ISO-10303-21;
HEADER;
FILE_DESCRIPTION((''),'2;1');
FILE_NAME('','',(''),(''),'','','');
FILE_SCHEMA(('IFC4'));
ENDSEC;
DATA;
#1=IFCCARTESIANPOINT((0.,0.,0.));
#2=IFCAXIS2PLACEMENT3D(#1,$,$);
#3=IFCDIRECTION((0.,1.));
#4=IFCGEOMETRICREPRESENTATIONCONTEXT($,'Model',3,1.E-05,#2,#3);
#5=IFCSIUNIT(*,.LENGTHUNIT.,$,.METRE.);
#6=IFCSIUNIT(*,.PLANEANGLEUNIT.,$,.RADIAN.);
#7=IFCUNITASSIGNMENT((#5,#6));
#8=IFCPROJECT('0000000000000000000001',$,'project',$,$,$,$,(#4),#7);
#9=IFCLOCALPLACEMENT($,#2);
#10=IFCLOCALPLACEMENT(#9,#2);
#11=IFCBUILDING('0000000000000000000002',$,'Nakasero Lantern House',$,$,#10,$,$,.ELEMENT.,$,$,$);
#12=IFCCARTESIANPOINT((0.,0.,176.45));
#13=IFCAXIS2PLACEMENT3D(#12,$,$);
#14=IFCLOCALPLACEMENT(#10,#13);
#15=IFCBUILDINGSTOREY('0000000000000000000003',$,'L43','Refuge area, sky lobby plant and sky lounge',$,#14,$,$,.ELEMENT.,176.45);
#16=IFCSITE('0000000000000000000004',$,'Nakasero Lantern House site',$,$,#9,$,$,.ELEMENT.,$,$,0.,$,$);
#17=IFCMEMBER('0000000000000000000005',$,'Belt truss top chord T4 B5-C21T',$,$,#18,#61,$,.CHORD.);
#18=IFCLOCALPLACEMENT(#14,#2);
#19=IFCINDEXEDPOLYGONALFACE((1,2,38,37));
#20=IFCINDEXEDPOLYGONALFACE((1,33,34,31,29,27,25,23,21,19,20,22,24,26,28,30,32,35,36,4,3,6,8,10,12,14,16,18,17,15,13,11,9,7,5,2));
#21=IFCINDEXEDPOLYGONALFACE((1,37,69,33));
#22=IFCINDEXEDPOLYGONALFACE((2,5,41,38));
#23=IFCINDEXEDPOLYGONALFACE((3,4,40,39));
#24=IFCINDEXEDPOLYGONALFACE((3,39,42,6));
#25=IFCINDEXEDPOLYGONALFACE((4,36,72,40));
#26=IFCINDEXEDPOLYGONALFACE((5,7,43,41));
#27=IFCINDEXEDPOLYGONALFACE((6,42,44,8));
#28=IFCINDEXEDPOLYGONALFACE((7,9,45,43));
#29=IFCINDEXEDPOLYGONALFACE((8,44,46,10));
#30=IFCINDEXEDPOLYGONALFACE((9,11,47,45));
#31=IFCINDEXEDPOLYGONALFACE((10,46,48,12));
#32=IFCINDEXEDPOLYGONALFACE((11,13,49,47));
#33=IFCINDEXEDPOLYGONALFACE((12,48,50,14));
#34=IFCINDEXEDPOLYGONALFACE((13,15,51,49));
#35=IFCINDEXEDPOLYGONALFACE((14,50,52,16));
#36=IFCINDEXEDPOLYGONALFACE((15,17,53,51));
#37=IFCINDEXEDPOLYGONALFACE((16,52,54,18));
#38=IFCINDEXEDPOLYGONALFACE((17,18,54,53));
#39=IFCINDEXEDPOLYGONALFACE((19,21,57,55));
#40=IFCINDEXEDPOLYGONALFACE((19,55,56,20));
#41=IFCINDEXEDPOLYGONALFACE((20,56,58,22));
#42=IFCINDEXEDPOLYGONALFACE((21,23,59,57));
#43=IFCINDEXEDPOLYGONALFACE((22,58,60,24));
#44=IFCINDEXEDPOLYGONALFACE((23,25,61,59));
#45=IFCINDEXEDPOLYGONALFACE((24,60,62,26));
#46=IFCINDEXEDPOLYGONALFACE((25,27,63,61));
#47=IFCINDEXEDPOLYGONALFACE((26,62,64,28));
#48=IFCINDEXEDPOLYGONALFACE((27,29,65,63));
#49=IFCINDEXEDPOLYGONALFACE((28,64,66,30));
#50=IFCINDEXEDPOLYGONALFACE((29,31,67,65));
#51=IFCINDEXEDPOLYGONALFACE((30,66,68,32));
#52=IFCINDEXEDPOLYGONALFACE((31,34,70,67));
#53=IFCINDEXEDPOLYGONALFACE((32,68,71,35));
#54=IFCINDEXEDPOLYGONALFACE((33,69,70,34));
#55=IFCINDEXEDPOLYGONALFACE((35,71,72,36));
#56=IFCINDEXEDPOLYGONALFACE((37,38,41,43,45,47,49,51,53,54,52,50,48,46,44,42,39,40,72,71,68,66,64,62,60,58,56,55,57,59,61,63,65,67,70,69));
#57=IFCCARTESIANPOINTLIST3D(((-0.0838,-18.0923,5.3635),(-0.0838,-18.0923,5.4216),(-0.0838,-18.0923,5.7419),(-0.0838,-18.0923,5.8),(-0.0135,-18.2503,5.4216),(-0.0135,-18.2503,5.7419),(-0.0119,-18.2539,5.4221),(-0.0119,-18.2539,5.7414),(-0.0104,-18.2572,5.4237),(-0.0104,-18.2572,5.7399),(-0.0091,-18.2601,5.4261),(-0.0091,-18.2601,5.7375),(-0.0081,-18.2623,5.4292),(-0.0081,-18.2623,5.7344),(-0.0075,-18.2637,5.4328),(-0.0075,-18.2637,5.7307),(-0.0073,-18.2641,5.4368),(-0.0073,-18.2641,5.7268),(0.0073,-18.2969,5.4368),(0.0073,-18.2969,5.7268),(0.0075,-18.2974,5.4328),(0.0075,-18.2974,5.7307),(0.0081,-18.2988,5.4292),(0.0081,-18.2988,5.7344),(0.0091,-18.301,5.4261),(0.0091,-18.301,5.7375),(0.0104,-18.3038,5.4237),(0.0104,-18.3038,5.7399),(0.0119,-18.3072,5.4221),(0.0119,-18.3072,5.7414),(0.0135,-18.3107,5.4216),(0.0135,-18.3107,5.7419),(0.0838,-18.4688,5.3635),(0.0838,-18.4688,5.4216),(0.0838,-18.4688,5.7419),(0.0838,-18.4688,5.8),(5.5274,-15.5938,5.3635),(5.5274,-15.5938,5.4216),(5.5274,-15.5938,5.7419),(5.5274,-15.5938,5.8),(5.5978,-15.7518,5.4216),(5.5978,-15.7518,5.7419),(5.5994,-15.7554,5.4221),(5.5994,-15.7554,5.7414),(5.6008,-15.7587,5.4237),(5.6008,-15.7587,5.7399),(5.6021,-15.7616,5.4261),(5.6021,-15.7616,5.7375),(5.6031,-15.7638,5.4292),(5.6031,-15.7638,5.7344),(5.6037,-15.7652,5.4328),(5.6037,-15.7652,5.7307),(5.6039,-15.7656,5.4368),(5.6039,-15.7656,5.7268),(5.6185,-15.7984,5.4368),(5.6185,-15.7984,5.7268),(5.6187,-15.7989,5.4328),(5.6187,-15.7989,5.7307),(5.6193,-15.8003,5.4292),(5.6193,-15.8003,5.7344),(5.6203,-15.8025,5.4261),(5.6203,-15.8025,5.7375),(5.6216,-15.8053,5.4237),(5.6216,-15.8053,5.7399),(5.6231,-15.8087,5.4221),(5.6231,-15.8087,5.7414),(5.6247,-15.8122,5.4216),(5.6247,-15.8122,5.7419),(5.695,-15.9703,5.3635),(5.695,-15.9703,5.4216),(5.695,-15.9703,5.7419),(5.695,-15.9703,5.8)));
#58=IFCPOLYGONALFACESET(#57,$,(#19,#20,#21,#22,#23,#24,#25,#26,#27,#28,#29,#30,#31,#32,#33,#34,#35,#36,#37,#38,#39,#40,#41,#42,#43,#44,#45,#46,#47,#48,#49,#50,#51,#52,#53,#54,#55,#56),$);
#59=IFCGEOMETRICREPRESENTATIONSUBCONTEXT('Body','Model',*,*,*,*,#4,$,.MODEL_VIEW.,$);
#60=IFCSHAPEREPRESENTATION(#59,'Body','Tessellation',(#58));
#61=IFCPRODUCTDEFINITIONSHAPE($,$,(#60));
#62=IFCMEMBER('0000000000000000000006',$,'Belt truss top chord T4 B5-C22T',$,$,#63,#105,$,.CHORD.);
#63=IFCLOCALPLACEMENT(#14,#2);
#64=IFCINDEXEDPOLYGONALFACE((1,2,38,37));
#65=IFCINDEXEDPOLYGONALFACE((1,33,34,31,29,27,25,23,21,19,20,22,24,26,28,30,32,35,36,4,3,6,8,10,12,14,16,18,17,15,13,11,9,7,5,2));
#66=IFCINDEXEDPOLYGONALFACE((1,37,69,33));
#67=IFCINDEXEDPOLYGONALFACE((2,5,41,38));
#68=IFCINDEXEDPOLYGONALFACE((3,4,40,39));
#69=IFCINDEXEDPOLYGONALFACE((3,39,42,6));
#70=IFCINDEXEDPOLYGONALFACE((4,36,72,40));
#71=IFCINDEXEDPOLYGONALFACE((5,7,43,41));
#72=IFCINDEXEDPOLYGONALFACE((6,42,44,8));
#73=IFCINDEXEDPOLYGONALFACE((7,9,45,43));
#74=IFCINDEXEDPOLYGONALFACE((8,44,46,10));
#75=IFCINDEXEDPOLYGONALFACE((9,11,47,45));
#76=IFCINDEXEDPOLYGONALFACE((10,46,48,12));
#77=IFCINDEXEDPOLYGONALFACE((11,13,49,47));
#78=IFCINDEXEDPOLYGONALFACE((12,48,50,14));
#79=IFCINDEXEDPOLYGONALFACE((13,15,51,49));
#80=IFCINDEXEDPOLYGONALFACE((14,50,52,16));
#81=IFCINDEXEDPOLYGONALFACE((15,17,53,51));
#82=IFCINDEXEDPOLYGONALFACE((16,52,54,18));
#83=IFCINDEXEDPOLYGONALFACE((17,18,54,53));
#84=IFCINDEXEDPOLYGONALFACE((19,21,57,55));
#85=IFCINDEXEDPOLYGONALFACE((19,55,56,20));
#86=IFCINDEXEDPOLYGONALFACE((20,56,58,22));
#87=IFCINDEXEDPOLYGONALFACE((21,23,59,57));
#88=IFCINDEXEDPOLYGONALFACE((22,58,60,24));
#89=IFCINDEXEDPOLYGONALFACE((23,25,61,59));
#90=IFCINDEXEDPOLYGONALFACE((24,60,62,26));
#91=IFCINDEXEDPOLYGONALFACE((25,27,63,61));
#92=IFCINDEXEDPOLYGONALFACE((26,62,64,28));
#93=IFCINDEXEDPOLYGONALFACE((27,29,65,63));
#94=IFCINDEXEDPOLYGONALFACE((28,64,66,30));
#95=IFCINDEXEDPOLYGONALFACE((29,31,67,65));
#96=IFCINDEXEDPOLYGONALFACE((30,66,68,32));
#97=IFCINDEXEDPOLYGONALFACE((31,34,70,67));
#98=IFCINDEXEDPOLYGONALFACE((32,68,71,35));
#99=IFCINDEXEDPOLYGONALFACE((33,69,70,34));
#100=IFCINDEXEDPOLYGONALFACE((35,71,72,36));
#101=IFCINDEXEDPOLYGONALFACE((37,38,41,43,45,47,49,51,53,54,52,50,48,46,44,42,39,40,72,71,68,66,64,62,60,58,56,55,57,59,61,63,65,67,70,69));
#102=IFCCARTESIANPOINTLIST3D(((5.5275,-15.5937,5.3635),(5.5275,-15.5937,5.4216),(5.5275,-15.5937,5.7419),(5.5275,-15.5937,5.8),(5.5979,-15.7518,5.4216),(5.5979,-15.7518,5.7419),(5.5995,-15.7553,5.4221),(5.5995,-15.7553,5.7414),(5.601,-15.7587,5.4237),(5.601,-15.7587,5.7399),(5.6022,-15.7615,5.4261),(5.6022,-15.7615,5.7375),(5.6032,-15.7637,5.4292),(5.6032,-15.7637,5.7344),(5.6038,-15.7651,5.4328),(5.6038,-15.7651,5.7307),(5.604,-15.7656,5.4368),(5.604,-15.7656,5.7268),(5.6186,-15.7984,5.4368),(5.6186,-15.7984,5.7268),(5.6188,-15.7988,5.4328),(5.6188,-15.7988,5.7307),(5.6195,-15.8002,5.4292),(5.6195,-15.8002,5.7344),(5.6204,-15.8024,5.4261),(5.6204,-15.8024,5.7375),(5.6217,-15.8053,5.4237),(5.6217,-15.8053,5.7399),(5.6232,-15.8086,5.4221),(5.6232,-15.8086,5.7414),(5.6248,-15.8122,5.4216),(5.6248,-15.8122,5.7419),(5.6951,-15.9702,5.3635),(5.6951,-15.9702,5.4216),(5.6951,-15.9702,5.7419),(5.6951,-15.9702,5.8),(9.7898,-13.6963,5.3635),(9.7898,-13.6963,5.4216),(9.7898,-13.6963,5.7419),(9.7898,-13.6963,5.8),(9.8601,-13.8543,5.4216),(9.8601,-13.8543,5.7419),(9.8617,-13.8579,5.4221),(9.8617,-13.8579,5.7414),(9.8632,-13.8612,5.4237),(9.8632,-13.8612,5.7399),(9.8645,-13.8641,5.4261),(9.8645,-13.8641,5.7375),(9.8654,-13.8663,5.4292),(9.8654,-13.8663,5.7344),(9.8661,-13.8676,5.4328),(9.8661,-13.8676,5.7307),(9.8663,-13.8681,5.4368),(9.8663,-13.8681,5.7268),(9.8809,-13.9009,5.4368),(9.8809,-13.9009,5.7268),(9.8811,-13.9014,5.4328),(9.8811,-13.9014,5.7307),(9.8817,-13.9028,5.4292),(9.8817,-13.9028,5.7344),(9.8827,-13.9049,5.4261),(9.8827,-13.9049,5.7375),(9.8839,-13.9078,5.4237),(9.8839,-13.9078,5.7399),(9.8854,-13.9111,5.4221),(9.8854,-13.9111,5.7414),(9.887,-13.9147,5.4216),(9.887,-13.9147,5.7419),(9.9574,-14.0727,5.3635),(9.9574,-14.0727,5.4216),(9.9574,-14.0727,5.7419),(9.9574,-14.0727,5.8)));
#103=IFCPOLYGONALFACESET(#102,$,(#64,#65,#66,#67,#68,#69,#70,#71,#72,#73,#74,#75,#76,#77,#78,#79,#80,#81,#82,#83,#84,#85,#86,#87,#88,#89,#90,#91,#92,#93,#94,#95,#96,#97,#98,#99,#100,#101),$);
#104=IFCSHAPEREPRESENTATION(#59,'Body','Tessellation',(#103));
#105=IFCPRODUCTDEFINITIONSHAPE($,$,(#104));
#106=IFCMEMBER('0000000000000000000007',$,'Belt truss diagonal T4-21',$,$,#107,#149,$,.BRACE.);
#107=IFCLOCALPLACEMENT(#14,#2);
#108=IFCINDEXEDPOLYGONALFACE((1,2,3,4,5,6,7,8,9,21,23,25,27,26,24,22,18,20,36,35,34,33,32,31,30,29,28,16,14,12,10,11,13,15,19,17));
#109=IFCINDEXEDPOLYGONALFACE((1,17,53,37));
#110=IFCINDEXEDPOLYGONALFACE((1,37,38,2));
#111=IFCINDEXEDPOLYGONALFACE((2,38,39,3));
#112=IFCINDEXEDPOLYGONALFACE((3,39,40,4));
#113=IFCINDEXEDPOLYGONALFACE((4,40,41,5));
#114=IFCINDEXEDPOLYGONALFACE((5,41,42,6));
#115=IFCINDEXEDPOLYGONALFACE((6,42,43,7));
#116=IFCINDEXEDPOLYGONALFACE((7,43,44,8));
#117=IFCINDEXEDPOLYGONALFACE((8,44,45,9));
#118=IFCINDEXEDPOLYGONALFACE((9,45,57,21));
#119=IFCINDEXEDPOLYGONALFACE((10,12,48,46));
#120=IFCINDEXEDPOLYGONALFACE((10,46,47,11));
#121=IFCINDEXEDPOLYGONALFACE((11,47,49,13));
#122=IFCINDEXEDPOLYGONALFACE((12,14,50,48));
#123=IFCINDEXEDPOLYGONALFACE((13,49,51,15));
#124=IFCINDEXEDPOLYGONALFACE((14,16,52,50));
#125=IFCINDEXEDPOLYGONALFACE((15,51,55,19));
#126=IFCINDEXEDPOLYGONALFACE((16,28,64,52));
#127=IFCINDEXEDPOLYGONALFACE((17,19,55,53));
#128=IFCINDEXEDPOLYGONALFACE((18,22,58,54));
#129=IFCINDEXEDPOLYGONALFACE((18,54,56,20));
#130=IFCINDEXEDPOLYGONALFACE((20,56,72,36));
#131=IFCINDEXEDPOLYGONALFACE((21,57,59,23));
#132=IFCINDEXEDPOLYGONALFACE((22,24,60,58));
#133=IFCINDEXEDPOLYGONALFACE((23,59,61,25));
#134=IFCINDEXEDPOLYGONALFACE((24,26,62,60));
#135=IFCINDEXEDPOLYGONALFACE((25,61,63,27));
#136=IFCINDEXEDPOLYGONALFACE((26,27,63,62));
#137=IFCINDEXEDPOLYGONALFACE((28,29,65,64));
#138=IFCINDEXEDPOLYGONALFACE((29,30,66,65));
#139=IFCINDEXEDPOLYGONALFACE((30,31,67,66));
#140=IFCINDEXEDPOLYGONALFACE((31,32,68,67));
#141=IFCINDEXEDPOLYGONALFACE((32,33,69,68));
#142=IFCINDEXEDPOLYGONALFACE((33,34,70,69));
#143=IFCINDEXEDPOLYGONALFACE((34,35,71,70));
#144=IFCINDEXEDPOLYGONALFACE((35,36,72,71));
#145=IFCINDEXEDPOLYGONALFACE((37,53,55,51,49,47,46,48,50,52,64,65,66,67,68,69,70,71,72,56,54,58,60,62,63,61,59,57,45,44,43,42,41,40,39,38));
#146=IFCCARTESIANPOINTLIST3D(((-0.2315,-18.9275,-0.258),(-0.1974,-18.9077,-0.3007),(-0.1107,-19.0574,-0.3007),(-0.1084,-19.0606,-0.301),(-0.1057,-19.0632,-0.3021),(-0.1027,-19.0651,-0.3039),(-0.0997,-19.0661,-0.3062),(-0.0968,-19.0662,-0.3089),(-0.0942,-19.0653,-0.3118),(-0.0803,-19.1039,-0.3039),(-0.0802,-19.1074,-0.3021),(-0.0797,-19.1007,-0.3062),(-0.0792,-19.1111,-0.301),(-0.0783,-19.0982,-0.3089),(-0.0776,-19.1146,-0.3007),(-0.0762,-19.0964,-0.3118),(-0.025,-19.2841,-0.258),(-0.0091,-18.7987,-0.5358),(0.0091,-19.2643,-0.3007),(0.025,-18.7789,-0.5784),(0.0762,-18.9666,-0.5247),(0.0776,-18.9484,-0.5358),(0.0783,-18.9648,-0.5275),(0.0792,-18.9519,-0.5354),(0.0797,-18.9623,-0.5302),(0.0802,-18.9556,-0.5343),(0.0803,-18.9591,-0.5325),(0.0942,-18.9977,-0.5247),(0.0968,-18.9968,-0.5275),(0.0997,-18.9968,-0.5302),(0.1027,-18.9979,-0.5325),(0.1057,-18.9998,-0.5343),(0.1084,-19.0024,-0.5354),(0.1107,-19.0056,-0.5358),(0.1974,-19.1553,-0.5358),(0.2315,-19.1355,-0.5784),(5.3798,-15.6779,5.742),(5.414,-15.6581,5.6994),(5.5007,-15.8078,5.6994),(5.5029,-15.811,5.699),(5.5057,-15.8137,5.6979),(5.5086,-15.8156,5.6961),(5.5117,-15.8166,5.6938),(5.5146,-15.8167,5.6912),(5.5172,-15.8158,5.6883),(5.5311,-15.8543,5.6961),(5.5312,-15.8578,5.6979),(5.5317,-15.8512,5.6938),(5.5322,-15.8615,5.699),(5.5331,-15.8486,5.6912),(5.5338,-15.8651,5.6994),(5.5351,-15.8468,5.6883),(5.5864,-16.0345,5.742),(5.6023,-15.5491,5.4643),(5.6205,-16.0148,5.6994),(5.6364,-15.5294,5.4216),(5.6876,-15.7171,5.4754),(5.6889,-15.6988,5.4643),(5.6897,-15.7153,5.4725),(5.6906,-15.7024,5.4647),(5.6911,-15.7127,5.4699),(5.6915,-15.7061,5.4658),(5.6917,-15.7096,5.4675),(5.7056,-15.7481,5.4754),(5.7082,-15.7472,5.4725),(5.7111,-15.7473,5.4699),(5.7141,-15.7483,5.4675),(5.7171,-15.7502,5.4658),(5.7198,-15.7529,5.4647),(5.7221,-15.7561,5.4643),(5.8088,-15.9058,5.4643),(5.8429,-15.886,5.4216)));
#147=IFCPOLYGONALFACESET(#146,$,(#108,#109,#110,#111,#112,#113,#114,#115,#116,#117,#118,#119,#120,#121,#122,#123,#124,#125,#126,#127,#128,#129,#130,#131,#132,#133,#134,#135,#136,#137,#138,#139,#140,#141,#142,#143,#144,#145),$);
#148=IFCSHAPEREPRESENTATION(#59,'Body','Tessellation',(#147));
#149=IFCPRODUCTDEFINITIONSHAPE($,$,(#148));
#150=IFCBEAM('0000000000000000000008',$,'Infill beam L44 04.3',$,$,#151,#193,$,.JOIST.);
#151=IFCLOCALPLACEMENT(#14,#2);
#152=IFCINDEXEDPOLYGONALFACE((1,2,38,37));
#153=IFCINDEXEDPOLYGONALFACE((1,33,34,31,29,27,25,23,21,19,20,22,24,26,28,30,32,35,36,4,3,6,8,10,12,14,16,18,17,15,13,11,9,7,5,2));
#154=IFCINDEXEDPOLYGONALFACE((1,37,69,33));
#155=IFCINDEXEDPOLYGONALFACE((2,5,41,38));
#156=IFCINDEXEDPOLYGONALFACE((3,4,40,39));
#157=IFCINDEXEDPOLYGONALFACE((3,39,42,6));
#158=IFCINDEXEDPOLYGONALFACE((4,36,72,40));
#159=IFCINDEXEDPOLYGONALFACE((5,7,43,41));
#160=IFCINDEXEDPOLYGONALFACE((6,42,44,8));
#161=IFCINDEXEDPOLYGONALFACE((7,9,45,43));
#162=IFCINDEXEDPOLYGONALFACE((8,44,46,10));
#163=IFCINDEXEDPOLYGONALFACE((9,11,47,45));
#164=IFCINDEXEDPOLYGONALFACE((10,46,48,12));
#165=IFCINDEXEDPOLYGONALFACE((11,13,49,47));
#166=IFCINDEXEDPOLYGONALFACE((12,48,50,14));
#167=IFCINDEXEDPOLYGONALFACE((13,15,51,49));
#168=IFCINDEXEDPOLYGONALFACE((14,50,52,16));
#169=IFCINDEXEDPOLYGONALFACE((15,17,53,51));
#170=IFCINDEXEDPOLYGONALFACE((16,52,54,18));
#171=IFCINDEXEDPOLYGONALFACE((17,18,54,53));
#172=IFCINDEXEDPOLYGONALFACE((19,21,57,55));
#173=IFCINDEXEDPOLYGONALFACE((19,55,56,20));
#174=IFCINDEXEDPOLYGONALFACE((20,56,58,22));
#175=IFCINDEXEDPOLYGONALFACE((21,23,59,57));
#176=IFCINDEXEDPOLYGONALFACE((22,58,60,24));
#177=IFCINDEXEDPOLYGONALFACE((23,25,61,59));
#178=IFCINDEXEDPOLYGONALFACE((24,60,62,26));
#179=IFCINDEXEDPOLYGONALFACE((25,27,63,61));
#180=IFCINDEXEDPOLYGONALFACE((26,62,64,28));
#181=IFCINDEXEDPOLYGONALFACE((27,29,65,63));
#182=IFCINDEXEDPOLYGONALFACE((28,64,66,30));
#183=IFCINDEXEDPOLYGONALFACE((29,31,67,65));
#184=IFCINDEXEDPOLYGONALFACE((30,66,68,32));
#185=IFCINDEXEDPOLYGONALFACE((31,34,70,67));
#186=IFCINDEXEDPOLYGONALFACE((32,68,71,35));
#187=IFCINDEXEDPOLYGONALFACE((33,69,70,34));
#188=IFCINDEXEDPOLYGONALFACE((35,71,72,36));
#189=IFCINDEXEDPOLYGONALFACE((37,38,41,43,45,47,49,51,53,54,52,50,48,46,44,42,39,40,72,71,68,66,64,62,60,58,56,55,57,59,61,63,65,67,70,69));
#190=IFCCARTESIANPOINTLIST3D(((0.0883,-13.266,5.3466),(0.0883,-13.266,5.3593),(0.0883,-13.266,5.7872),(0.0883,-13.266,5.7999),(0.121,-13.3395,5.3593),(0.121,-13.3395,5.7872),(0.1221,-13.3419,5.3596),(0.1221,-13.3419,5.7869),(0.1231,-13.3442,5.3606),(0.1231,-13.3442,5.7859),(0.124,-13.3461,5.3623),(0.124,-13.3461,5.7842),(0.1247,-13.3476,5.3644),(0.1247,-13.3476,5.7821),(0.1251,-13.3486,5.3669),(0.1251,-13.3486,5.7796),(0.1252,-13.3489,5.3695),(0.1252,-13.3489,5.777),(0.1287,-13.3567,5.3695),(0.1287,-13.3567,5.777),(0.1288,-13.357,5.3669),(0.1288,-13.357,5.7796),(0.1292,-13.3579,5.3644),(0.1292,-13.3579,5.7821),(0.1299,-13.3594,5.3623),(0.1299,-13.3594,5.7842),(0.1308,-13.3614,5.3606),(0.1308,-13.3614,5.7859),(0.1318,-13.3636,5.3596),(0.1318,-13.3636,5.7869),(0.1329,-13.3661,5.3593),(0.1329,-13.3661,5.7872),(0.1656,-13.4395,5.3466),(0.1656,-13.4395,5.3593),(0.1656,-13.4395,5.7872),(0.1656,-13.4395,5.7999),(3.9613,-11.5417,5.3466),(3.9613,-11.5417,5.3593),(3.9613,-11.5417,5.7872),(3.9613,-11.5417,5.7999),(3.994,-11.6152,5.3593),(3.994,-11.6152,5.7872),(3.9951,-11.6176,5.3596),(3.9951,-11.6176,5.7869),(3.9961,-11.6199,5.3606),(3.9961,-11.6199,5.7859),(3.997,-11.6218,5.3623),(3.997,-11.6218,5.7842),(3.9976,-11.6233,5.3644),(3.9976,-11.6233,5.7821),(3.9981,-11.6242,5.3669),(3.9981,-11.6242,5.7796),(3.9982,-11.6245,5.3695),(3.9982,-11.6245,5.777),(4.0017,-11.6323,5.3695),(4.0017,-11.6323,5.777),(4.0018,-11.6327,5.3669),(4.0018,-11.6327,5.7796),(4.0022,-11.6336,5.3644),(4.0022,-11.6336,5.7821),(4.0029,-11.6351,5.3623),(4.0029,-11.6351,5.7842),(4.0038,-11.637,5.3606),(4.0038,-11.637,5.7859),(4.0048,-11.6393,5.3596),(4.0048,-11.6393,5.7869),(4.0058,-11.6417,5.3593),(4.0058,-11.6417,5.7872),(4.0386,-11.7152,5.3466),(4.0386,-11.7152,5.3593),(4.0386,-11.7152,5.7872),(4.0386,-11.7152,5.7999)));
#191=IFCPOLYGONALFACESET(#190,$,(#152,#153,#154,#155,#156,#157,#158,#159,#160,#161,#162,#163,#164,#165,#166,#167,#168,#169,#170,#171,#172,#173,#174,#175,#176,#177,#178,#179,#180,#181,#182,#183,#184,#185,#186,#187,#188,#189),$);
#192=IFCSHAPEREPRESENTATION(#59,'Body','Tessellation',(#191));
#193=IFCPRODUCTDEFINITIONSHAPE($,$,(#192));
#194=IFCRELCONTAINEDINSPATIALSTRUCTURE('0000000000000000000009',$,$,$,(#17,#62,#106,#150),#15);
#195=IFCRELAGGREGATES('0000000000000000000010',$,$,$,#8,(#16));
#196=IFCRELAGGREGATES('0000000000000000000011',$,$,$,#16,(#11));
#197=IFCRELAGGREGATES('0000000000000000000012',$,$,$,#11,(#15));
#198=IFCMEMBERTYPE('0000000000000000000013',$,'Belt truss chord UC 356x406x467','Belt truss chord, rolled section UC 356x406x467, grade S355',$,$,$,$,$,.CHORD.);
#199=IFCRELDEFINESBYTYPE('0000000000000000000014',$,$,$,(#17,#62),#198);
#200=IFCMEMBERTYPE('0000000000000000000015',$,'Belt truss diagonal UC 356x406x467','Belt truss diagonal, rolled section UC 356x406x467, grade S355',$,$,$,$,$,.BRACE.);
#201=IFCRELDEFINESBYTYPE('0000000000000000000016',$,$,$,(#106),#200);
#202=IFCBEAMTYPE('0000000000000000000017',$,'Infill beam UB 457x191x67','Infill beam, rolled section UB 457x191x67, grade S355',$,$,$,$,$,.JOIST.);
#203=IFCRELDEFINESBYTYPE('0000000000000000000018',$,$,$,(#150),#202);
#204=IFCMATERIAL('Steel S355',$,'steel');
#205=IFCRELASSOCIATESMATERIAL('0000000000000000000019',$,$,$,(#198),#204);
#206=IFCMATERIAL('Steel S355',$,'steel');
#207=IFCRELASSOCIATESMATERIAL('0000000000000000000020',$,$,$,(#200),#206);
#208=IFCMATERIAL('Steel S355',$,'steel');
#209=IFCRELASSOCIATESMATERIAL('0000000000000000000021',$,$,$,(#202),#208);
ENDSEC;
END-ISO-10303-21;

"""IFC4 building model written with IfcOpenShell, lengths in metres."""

from ifc_helpers import new_model, si_unit, direction, frame, origin, origin_2d, place, context, subcontext, project, spatial, i_section, extrude, material, material_profile, profile_set, type_object, element, save


model = new_model("IFC4")

# Units and contexts
model_context = context("Model", 3, precision=1e-05, world=origin(), true_north=direction((0.0, 1.0)))
body_context = subcontext(model_context, "Body", "Model", "MODEL_VIEW")
ifc_project = project(units=[si_unit("LENGTHUNIT", "METRE"), si_unit("PLANEANGLEUNIT", "RADIAN")], contexts=[model_context])

# Site, building, storey
site_placement = place(None, origin())
site = spatial("IfcSite", under=ifc_project, at=site_placement, Name="Nakasero Lantern House site", CompositionType="ELEMENT", RefElevation=0.0)
building_placement = place(site_placement, origin())
building = spatial("IfcBuilding", under=site, at=building_placement, Name="Nakasero Lantern House", CompositionType="ELEMENT")
storey_placement = place(building_placement, frame((0.0, 0.0, 176.45)))
storey = spatial("IfcBuildingStorey", under=building, at=storey_placement, Name="L43", Description="Refuge area, sky lobby plant and sky lounge", CompositionType="ELEMENT", Elevation=176.45)

# Members
ifc_material_1 = material(Name="Steel S355", Category="steel")
ifc_material_profile_1 = material_profile(ifc_material_1, i_section(OverallWidth=0.4121, OverallDepth=0.4365, WebThickness=0.0359, FlangeThickness=0.0581, FilletRadius=0.0151, at=origin_2d()), Name="UC 356x406x467")
ifc_profile_set_1 = profile_set([ifc_material_profile_1], Name="Steel S355")
member_type_1 = type_object("IfcMemberType", Name="Belt truss chord UC 356x406x467", Description="Belt truss chord, rolled section UC 356x406x467, grade S355", PredefinedType="CHORD", material=ifc_profile_set_1)
member_1_placement = place(storey_placement, frame((0.0, -18.2805, 5.5818), z_axis=(0.913533, 0.406765, 0.0), x_axis=(-0.406765, 0.913533, 0.0)))
element("IfcMember", 1, at=member_1_placement, inside=storey, type_object=member_type_1, Name="Belt truss top chord T4 B5-C21T", PredefinedType="CHORD", context=body_context, shape_type="SweptSolid", body=[
    extrude(i_section(OverallWidth=0.4121, OverallDepth=0.4365, WebThickness=0.0359, FlangeThickness=0.0581, FilletRadius=0.0151, at=origin_2d()), origin(), (0.0, 0.0, 1.0), 6.1423),
])
member_2_placement = place(storey_placement, frame((5.6113, -15.782, 5.5818), z_axis=(0.913561, 0.406702, 0.0), x_axis=(-0.406702, 0.913561, 0.0)))
element("IfcMember", 2, at=member_2_placement, inside=storey, type_object=member_type_1, Name="Belt truss top chord T4 B5-C22T", PredefinedType="CHORD", context=body_context, shape_type="SweptSolid", body=[
    extrude(i_section(OverallWidth=0.4121, OverallDepth=0.4365, WebThickness=0.0359, FlangeThickness=0.0581, FilletRadius=0.0151, at=origin_2d()), origin(), (0.0, 0.0, 1.0), 4.6655),
])
ifc_material_2 = material(Name="Steel S355", Category="steel")
ifc_material_profile_2 = material_profile(ifc_material_2, i_section(OverallWidth=0.4121, OverallDepth=0.4365, WebThickness=0.0359, FlangeThickness=0.0581, FilletRadius=0.0151, at=origin_2d()), Name="UC 356x406x467")
ifc_profile_set_2 = profile_set([ifc_material_profile_2], Name="Steel S355")
member_type_2 = type_object("IfcMemberType", Name="Belt truss diagonal UC 356x406x467", Description="Belt truss diagonal, rolled section UC 356x406x467, grade S355", PredefinedType="BRACE", material=ifc_profile_set_2)
member_3_placement = place(storey_placement, frame((0.0, -19.0315, -0.4182), z_axis=(0.635169, 0.367826, 0.679165), x_axis=(-0.501134, 0.86537, 0.0)))
element("IfcMember", 3, at=member_3_placement, inside=storey, type_object=member_type_2, Name="Belt truss diagonal T4-21", PredefinedType="BRACE", context=body_context, shape_type="SweptSolid", body=[
    extrude(i_section(OverallWidth=0.4121, OverallDepth=0.4365, WebThickness=0.0359, FlangeThickness=0.0581, FilletRadius=0.0151, at=origin_2d()), origin(), (0.0, 0.0, 1.0), 8.8345),
])

# Beam
ifc_material_3 = material(Name="Steel S355", Category="steel")
ifc_material_profile_3 = material_profile(ifc_material_3, i_section(OverallWidth=0.1899, OverallDepth=0.4534, WebThickness=0.0085, FlangeThickness=0.0127, FilletRadius=0.0103, at=origin_2d()), Name="UB 457x191x67")
ifc_profile_set_3 = profile_set([ifc_material_profile_3], Name="Steel S355")
beam_type_1 = type_object("IfcBeamType", Name="Infill beam UB 457x191x67", Description="Infill beam, rolled section UB 457x191x67, grade S355", PredefinedType="JOIST", material=ifc_profile_set_3)
beam_1_placement = place(storey_placement, frame((0.127, -13.3528, 5.5732), z_axis=(0.913548, 0.406731, 0.0), x_axis=(-0.406731, 0.913548, 0.0)))
element("IfcBeam", 4, at=beam_1_placement, inside=storey, type_object=beam_type_1, Name="Infill beam L44 04.3", PredefinedType="JOIST", context=body_context, shape_type="SweptSolid", body=[
    extrude(i_section(OverallWidth=0.1899, OverallDepth=0.4534, WebThickness=0.0085, FlangeThickness=0.0127, FilletRadius=0.0103, at=origin_2d()), origin(), (0.0, 0.0, 1.0), 4.2395),
])

save(model, "model.ifc")
